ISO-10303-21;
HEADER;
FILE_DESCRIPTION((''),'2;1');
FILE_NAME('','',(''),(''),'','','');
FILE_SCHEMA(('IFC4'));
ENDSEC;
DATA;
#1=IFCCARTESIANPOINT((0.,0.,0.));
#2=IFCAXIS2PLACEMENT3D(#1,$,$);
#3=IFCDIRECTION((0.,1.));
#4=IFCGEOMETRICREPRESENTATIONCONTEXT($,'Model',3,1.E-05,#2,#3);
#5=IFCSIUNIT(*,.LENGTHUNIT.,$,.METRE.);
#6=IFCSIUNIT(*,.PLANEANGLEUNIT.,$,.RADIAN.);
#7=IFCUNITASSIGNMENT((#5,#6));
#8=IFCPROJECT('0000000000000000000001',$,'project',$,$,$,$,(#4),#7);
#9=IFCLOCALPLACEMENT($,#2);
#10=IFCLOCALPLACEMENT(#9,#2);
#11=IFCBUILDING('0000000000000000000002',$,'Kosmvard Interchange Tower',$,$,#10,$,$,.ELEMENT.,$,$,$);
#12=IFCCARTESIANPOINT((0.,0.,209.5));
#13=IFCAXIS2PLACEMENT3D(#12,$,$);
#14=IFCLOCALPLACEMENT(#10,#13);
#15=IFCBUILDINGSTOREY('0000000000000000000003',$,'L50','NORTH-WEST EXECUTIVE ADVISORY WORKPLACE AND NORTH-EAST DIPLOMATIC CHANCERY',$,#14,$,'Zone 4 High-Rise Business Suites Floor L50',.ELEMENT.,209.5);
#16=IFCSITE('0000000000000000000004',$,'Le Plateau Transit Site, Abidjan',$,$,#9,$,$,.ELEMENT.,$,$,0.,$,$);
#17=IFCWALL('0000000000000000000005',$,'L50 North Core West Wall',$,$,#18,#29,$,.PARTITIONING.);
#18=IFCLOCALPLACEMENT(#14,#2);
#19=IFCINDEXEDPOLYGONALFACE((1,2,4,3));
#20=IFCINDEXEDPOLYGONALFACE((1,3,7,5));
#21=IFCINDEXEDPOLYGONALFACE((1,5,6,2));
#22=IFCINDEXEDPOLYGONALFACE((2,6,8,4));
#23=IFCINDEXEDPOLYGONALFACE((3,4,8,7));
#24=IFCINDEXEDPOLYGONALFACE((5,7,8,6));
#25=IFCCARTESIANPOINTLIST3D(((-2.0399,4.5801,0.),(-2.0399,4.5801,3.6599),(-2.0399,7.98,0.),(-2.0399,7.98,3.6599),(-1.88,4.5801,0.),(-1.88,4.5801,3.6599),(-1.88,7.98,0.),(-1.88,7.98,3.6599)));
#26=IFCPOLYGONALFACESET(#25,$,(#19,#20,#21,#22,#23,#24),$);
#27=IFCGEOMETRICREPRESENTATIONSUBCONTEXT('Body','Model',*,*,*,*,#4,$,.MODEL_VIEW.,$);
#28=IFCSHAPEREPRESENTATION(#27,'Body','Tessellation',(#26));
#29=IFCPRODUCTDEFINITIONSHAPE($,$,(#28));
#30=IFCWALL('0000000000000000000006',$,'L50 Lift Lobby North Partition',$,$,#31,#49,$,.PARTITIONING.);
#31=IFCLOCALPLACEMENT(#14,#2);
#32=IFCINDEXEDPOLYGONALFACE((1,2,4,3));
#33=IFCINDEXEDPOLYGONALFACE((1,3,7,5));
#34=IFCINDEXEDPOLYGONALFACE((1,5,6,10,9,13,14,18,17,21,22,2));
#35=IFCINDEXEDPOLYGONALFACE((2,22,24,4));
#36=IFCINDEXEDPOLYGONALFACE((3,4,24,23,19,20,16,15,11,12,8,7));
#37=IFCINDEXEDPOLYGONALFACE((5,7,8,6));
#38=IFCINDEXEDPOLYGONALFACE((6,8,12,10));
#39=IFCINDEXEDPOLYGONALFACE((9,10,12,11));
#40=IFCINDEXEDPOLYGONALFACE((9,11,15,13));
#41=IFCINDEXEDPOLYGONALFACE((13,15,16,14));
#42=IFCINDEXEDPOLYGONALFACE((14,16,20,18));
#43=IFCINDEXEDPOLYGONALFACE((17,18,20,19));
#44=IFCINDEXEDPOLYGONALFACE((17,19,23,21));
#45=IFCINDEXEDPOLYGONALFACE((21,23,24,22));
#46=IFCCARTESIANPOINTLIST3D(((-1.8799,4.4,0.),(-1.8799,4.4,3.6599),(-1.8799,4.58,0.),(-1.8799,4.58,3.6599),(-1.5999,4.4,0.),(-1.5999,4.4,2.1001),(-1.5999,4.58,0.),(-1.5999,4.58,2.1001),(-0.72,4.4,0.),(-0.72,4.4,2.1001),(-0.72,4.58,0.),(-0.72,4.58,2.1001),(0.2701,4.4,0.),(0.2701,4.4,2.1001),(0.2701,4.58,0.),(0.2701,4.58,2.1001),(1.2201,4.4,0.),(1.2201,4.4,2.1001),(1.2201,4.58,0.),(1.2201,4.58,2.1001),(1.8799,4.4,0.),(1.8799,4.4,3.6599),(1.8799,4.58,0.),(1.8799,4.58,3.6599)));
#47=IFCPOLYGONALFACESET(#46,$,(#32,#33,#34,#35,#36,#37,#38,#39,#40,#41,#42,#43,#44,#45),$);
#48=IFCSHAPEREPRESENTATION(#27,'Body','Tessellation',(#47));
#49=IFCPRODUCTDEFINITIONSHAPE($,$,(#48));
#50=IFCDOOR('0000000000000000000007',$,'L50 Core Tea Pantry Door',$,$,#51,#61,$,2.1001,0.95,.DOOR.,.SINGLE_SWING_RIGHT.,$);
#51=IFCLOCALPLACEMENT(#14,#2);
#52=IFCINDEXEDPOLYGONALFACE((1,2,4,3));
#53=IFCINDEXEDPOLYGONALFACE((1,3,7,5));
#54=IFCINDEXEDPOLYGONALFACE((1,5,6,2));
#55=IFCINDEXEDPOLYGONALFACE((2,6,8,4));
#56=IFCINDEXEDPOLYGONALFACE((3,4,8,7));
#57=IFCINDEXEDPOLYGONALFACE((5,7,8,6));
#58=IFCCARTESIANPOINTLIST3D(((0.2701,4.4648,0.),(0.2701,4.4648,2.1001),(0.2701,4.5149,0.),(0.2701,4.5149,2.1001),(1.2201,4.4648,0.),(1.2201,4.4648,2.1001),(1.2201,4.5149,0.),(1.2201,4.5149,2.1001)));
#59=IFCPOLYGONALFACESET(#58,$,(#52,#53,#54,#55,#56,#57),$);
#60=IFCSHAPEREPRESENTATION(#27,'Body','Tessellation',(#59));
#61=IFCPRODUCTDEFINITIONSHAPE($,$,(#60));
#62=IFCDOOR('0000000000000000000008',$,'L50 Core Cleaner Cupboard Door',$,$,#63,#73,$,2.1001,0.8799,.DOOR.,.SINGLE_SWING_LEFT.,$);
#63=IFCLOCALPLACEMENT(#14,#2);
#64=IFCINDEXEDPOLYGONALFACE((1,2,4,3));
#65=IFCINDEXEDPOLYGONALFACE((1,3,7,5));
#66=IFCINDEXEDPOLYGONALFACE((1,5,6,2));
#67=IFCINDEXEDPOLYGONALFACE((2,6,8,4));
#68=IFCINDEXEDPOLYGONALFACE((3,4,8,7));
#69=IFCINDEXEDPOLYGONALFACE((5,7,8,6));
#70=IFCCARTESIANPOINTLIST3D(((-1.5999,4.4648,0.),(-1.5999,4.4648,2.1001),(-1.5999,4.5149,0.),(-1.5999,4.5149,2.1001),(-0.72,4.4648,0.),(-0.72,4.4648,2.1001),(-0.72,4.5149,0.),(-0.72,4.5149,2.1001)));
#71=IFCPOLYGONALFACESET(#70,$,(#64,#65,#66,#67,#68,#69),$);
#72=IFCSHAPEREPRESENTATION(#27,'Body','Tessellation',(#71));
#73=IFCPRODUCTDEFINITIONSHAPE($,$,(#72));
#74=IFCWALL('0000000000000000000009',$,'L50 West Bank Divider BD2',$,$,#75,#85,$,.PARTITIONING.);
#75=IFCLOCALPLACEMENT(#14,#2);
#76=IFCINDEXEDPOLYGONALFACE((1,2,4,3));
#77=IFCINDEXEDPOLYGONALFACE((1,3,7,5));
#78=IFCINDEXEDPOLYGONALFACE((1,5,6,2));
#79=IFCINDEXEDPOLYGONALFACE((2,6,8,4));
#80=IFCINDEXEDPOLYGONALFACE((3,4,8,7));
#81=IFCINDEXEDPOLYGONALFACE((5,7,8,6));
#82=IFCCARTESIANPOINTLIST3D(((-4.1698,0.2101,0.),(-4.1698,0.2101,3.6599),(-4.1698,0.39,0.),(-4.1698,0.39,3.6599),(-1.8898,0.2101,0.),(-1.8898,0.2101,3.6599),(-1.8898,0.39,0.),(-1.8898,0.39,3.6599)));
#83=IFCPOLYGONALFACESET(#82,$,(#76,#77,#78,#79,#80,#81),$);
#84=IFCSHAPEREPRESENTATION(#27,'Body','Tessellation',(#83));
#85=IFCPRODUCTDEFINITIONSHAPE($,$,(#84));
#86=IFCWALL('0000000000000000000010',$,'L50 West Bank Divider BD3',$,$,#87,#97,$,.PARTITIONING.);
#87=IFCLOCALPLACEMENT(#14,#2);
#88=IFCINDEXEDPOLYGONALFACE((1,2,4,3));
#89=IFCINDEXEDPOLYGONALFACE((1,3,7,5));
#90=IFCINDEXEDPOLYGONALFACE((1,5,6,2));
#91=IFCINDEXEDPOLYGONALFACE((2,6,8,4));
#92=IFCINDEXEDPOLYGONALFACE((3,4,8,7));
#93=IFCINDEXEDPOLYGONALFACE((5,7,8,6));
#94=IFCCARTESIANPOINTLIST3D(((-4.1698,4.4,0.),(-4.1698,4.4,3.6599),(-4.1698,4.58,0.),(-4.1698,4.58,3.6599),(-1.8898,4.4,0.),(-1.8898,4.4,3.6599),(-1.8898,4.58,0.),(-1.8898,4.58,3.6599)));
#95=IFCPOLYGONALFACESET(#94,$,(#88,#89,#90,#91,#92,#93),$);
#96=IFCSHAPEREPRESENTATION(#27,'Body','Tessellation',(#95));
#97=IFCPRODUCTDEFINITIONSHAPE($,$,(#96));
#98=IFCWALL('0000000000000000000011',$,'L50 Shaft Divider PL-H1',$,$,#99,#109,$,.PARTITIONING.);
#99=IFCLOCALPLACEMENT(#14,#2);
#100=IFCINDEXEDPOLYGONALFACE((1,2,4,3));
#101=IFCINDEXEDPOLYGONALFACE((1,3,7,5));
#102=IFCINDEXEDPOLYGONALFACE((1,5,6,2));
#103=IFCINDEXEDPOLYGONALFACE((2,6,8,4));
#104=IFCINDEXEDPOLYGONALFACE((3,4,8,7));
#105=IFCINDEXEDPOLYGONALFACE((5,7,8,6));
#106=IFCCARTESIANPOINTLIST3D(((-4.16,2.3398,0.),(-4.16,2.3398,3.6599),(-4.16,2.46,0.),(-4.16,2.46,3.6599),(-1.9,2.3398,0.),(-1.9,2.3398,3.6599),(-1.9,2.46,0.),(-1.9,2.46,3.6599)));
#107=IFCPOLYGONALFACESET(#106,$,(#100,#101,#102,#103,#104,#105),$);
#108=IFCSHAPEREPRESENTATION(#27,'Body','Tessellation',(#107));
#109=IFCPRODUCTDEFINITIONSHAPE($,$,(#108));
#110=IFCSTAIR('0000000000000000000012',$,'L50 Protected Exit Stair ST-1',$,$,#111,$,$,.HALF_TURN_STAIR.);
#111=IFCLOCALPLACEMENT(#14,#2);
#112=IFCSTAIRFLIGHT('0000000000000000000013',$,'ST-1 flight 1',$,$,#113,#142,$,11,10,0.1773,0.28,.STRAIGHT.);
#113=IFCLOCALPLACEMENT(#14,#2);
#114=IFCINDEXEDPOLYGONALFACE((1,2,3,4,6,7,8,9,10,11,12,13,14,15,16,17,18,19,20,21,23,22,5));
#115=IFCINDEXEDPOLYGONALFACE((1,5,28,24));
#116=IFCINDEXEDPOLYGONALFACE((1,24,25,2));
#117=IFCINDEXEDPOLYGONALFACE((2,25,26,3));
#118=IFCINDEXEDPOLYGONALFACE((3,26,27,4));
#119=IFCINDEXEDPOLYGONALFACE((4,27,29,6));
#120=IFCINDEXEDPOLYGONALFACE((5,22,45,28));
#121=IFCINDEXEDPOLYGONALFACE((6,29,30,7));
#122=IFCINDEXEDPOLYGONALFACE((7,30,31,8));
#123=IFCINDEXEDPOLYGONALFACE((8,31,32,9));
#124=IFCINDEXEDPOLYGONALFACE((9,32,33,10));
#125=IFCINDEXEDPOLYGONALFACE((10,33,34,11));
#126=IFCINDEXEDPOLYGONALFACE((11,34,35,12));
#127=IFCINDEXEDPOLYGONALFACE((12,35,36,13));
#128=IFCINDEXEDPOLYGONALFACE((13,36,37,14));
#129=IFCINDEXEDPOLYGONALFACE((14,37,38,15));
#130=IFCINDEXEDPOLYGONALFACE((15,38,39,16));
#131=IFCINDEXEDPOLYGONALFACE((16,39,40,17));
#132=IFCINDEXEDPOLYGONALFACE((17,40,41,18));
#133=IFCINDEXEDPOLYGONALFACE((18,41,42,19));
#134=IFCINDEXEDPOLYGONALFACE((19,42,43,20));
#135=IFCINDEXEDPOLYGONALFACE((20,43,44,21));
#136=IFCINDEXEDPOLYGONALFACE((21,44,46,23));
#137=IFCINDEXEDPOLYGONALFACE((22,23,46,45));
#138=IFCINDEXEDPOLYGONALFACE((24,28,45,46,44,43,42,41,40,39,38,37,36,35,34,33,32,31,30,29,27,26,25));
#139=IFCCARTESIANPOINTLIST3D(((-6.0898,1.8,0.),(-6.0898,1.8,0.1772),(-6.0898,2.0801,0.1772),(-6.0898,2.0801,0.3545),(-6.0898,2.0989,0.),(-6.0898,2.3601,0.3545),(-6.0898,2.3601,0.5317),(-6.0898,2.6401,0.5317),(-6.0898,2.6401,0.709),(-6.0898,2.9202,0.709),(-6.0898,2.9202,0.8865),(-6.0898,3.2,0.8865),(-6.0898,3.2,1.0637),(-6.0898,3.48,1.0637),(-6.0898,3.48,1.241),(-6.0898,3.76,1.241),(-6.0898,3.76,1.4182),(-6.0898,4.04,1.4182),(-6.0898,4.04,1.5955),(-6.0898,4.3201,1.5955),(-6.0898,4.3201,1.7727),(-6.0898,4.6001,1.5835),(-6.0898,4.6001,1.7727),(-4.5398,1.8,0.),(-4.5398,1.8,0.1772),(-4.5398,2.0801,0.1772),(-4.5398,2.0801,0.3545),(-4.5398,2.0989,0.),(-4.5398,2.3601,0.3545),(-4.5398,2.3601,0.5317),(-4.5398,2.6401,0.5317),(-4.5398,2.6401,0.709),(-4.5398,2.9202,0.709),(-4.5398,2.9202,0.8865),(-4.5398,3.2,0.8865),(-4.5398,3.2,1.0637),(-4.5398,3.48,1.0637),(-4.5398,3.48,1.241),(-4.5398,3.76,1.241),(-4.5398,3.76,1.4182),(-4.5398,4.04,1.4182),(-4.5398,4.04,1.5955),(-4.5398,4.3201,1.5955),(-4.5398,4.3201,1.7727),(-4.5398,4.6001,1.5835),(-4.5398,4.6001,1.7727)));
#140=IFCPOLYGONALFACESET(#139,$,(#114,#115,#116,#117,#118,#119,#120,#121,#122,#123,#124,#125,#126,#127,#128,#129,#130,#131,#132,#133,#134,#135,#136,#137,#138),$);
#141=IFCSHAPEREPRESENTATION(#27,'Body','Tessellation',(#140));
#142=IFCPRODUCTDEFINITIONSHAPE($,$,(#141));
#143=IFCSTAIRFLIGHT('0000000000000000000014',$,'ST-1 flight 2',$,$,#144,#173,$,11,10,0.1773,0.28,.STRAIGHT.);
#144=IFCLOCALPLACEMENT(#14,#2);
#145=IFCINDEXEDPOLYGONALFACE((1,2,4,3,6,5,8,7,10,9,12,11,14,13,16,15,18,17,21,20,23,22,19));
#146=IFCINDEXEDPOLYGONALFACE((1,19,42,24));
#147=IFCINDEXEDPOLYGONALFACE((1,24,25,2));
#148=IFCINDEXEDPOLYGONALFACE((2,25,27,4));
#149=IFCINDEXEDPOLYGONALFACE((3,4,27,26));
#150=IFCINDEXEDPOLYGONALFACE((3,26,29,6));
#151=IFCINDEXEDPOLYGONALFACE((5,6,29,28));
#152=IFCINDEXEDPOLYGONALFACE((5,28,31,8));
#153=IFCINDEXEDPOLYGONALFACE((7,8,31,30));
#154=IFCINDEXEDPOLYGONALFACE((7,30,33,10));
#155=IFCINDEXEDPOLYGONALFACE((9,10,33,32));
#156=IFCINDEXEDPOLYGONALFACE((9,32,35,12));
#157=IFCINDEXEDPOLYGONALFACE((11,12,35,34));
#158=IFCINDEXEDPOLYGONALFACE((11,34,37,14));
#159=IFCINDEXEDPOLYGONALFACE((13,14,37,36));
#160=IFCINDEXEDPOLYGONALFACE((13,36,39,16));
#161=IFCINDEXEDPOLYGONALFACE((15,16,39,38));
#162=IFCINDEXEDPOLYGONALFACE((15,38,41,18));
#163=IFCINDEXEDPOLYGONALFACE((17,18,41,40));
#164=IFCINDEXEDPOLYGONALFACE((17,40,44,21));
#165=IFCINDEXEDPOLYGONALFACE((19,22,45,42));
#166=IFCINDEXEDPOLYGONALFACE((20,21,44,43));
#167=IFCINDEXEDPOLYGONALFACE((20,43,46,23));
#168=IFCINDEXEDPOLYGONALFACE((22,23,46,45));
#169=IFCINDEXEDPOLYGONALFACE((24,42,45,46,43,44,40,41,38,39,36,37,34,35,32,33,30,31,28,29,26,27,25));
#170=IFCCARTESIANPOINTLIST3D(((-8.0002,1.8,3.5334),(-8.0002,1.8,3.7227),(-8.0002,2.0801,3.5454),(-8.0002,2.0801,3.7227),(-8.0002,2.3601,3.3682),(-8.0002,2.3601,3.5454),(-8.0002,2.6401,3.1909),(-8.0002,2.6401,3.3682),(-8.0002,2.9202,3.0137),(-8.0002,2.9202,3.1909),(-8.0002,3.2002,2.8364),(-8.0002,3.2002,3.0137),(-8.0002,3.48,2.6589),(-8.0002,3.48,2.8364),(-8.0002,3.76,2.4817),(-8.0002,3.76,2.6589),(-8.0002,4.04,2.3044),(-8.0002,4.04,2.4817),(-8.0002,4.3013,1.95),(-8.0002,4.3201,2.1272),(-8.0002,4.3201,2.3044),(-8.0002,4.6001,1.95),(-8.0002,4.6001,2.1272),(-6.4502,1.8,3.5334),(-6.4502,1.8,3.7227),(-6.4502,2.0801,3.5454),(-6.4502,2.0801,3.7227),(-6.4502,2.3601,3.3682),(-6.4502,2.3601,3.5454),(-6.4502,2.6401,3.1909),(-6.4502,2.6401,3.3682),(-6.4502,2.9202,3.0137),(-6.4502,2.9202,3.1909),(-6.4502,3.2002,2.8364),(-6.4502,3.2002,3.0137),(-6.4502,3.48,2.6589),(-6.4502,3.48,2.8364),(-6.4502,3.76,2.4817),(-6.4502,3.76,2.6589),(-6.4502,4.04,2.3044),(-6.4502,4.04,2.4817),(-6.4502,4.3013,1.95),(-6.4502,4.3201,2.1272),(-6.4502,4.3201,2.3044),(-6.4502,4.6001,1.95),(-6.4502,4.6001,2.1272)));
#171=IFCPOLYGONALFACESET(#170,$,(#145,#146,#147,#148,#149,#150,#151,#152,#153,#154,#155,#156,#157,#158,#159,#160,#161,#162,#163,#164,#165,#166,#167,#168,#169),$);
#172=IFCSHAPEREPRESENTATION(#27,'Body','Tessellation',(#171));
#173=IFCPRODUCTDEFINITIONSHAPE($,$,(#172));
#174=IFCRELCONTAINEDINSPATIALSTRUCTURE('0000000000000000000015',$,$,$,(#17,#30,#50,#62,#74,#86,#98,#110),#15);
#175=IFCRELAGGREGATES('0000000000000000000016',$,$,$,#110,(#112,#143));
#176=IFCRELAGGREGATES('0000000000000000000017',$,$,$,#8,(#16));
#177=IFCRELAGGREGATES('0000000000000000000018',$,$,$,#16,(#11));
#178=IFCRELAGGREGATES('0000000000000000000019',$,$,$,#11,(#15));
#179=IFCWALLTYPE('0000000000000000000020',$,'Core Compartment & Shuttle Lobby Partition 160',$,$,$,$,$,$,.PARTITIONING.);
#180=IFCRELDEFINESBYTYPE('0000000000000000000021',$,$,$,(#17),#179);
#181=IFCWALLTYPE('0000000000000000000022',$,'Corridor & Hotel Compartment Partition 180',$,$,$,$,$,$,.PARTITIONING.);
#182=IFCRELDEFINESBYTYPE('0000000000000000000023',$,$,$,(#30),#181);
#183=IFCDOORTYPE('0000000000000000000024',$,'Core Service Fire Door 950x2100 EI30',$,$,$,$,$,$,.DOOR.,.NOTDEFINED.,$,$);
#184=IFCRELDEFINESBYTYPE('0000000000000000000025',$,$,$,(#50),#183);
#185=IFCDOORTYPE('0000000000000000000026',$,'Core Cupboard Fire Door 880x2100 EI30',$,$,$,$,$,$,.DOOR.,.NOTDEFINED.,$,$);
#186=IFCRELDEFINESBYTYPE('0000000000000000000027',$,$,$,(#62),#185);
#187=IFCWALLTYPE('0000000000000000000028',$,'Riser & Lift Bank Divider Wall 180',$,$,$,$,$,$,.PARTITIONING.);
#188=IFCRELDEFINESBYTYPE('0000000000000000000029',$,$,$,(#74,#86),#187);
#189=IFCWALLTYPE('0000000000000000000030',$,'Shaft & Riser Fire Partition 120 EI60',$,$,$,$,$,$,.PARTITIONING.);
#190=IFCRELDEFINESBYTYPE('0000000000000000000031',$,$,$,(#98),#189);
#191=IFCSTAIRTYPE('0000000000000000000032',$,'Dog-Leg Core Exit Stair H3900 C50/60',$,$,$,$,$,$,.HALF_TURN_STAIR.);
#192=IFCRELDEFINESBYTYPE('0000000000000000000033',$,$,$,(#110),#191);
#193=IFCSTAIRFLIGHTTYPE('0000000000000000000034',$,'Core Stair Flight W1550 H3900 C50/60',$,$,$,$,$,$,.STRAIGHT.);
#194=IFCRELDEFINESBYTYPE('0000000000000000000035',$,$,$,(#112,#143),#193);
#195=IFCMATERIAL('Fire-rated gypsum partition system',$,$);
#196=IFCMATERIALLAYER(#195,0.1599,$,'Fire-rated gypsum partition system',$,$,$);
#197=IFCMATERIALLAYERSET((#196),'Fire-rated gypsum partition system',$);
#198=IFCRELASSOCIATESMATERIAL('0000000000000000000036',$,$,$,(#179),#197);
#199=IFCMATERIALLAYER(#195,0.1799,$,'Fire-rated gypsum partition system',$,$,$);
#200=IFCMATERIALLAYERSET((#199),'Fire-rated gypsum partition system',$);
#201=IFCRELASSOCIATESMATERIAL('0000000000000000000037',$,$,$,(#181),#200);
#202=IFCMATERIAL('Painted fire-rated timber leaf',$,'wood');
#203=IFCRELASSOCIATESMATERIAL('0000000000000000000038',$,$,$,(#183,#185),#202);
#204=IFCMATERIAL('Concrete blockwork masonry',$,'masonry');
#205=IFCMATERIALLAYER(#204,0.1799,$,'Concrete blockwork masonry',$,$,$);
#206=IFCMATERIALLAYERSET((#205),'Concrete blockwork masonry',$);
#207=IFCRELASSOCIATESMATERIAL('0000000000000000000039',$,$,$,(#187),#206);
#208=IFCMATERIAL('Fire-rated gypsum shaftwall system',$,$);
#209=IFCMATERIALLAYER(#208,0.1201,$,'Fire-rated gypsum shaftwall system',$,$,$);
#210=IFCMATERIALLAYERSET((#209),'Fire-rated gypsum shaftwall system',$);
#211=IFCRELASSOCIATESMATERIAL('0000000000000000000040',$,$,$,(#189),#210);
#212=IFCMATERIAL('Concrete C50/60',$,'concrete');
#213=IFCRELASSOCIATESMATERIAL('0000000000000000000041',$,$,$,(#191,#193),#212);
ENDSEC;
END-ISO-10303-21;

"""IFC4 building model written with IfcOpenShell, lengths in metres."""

from ifc_helpers import new_model, si_unit, direction, frame, frame_2d, origin, place, context, subcontext, project, spatial, polyline, rectangle, outline, extrude, source, transform, mapped, material, layer, layer_set, type_object, element, fill, aggregate, save


model = new_model("IFC4")

# Units and contexts
model_context = context("Model", 3, precision=1e-05, world=origin(), true_north=direction((0.0, 1.0)))
body_context = subcontext(model_context, "Body", "Model", "MODEL_VIEW")
ifc_project = project(units=[si_unit("LENGTHUNIT", "METRE"), si_unit("PLANEANGLEUNIT", "RADIAN")], contexts=[model_context])

# Site, building, storey
site_placement = place(None, origin())
site = spatial("IfcSite", under=ifc_project, at=site_placement, Name="Le Plateau Transit Site, Abidjan", CompositionType="ELEMENT", RefElevation=0.0)
building_placement = place(site_placement, origin())
building = spatial("IfcBuilding", under=site, at=building_placement, Name="Kosmvard Interchange Tower", CompositionType="ELEMENT")
storey_placement = place(building_placement, frame((0.0, 0.0, 209.5)))
storey = spatial("IfcBuildingStorey", under=building, at=storey_placement, Name="L50", Description="NORTH-WEST EXECUTIVE ADVISORY WORKPLACE AND NORTH-EAST DIPLOMATIC CHANCERY", LongName="Zone 4 High-Rise Business Suites Floor L50", CompositionType="ELEMENT", Elevation=209.5)

# Wall
ifc_material_1 = material(Name="Fire-rated gypsum partition system")
ifc_layer_1 = layer(ifc_material_1, 0.1599, Name="Fire-rated gypsum partition system")
ifc_layer_set_1 = layer_set([ifc_layer_1], Name="Fire-rated gypsum partition system")
wall_type_1 = type_object("IfcWallType", Name="Core Compartment & Shuttle Lobby Partition 160", PredefinedType="PARTITIONING", material=ifc_layer_set_1)
wall_1_placement = place(storey_placement, frame((-1.96, 4.5801, 0.0), z_axis=(0.0, 0.0, 1.0), x_axis=(0.0, 1.0, 0.0)))
element("IfcWall", 1, at=wall_1_placement, inside=storey, type_object=wall_type_1, Name="L50 North Core West Wall", PredefinedType="PARTITIONING", context=body_context, shape_type="SweptSolid", body=[
    extrude(rectangle(XDim=3.3999, YDim=0.1599, at=frame_2d((1.7, 0.0))), origin(), (0.0, 0.0, 1.0), 3.6599),
])

# Wall, openings, doors
ifc_layer_2 = layer(ifc_material_1, 0.1799, Name="Fire-rated gypsum partition system")
ifc_layer_set_2 = layer_set([ifc_layer_2], Name="Fire-rated gypsum partition system")
wall_type_2 = type_object("IfcWallType", Name="Corridor & Hotel Compartment Partition 180", PredefinedType="PARTITIONING", material=ifc_layer_set_2)
wall_2_placement = place(storey_placement, frame((-1.8799, 4.49, 0.0), z_axis=(0.0, 0.0, 1.0), x_axis=(1.0, 0.0, 0.0)))
wall_2 = element("IfcWall", 2, at=wall_2_placement, inside=storey, type_object=wall_type_2, Name="L50 Lift Lobby North Partition", PredefinedType="PARTITIONING", context=body_context, shape_type="SweptSolid", body=[
    extrude(rectangle(XDim=3.7598, YDim=0.1799, at=frame_2d((1.8799, 0.0))), origin(), (0.0, 0.0, 1.0), 3.6599),
])
opening_1_placement = place(wall_2_placement, frame((0.28, 0.0, 0.0)))
opening_1 = element("IfcOpeningElement", 3, at=opening_1_placement, cuts=wall_2, PredefinedType="OPENING", context=body_context, shape_type="SweptSolid", body=[
    extrude(rectangle(XDim=0.8799, YDim=2.1001, at=frame_2d((0.4399, 1.05))), frame((0.0, 0.1001, 0.0), z_axis=(0.0, -1.0, 0.0), x_axis=(1.0, 0.0, 0.0)), (0.0, 0.0, 1.0), 0.2),
])
opening_2_placement = place(wall_2_placement, frame((2.1499, 0.0, 0.0)))
opening_2 = element("IfcOpeningElement", 4, at=opening_2_placement, cuts=wall_2, PredefinedType="OPENING", context=body_context, shape_type="SweptSolid", body=[
    extrude(rectangle(XDim=0.95, YDim=2.1001, at=frame_2d((0.4751, 1.05))), frame((0.0, 0.1001, 0.0), z_axis=(0.0, -1.0, 0.0), x_axis=(1.0, 0.0, 0.0)), (0.0, 0.0, 1.0), 0.2),
])
ifc_material_2 = material(Name="Painted fire-rated timber leaf", Category="wood")
door_type_1 = type_object("IfcDoorType", Name="Core Service Fire Door 950x2100 EI30", OperationType="NOTDEFINED", PredefinedType="DOOR", material=ifc_material_2)
shared_shape_1 = source(origin(), body_context, "Body", "SweptSolid", [
    extrude(rectangle(XDim=0.95, YDim=2.1001, at=frame_2d((0.4751, 1.05))), frame((0.0, 0.0249, 0.0), z_axis=(0.0, -1.0, 0.0), x_axis=(1.0, 0.0, 0.0)), (0.0, 0.0, 1.0), 0.05),
])
door_1_placement = place(opening_2_placement, origin())
door_1 = element("IfcDoor", 5, at=door_1_placement, inside=storey, type_object=door_type_1, Name="L50 Core Tea Pantry Door", OperationType="SINGLE_SWING_RIGHT", OverallHeight=2.1001, OverallWidth=0.95, PredefinedType="DOOR", context=body_context, shape_type="MappedRepresentation", body=[
    mapped(shared_shape_1, transform((0.0, 0.0, 0.0), scale=1.0)),
])
fill(opening_2, door_1)
door_type_2 = type_object("IfcDoorType", Name="Core Cupboard Fire Door 880x2100 EI30", OperationType="NOTDEFINED", PredefinedType="DOOR", material=ifc_material_2)
shared_shape_2 = source(origin(), body_context, "Body", "SweptSolid", [
    extrude(rectangle(XDim=0.8799, YDim=2.1001, at=frame_2d((0.4399, 1.05))), frame((0.0, 0.0249, 0.0), z_axis=(0.0, -1.0, 0.0), x_axis=(1.0, 0.0, 0.0)), (0.0, 0.0, 1.0), 0.05),
])
door_2_placement = place(opening_1_placement, origin())
door_2 = element("IfcDoor", 6, at=door_2_placement, inside=storey, type_object=door_type_2, Name="L50 Core Cleaner Cupboard Door", OperationType="SINGLE_SWING_LEFT", OverallHeight=2.1001, OverallWidth=0.8799, PredefinedType="DOOR", context=body_context, shape_type="MappedRepresentation", body=[
    mapped(shared_shape_2, transform((0.0, 0.0, 0.0), scale=1.0)),
])
fill(opening_1, door_2)

# Walls
ifc_material_3 = material(Name="Concrete blockwork masonry", Category="masonry")
ifc_layer_3 = layer(ifc_material_3, 0.1799, Name="Concrete blockwork masonry")
ifc_layer_set_3 = layer_set([ifc_layer_3], Name="Concrete blockwork masonry")
wall_type_3 = type_object("IfcWallType", Name="Riser & Lift Bank Divider Wall 180", PredefinedType="PARTITIONING", material=ifc_layer_set_3)
for number, where, z_axis, x_axis, name in (
    (7, (-4.1699, 0.3, 0.0), (0.0, 0.0, 1.0), (1.0, 0.0, 0.0), "L50 West Bank Divider BD2"),
    (8, (-4.1699, 4.49, 0.0), (0.0, 0.0, 1.0), (1.0, 0.0, 0.0), "L50 West Bank Divider BD3"),
):
    element("IfcWall", number, at=place(storey_placement, frame(where, z_axis=z_axis, x_axis=x_axis)), inside=storey, type_object=wall_type_3, Name=name, PredefinedType="PARTITIONING", context=body_context, shape_type="SweptSolid", body=[
        extrude(rectangle(XDim=2.28, YDim=0.1799, at=frame_2d((1.1401, 0.0))), origin(), (0.0, 0.0, 1.0), 3.6599),
    ])
ifc_material_4 = material(Name="Fire-rated gypsum shaftwall system")
ifc_layer_4 = layer(ifc_material_4, 0.1201, Name="Fire-rated gypsum shaftwall system")
ifc_layer_set_4 = layer_set([ifc_layer_4], Name="Fire-rated gypsum shaftwall system")
wall_type_4 = type_object("IfcWallType", Name="Shaft & Riser Fire Partition 120 EI60", PredefinedType="PARTITIONING", material=ifc_layer_set_4)
wall_3_placement = place(storey_placement, frame((-4.1599, 2.3999, 0.0), z_axis=(0.0, 0.0, 1.0), x_axis=(1.0, 0.0, 0.0)))
element("IfcWall", 9, at=wall_3_placement, inside=storey, type_object=wall_type_4, Name="L50 Shaft Divider PL-H1", PredefinedType="PARTITIONING", context=body_context, shape_type="SweptSolid", body=[
    extrude(rectangle(XDim=2.26, YDim=0.1201, at=frame_2d((1.1299, 0.0))), origin(), (0.0, 0.0, 1.0), 3.6599),
])

# Stair, stair flights
ifc_material_5 = material(Name="Concrete C50/60", Category="concrete")
stair_type = type_object("IfcStairType", Name="Dog-Leg Core Exit Stair H3900 C50/60", PredefinedType="HALF_TURN_STAIR", material=ifc_material_5)
stair_placement = place(storey_placement, origin())
stair = element("IfcStair", 10, at=stair_placement, inside=storey, type_object=stair_type, Name="L50 Protected Exit Stair ST-1", PredefinedType="HALF_TURN_STAIR")
stair_flight_type = type_object("IfcStairFlightType", Name="Core Stair Flight W1550 H3900 C50/60", PredefinedType="STRAIGHT", material=ifc_material_5)
shared_shape_3 = source(origin(), body_context, "Body", "SweptSolid", [
    extrude(outline(polyline([(0.0, 0.0), (0.0, 0.1772), (0.28, 0.1772), (0.28, 0.3545), (0.5601, 0.3545), (0.5601, 0.5317), (0.8401, 0.5317), (0.8401, 0.709), (1.1201, 0.709), (1.1201, 0.8865), (1.3999, 0.8865), (1.3999, 1.0637), (1.6799, 1.0637), (1.6799, 1.241), (1.96, 1.241), (1.96, 1.4182), (2.24, 1.4182), (2.24, 1.5955), (2.52, 1.5955), (2.52, 1.7727), (2.8, 1.7727), (2.8, 1.95), (2.8, 1.5835), (0.2988, 0.0), (0.0, 0.0)])), frame((0.0, 0.7749, 0.0), z_axis=(0.0, -1.0, 0.0), x_axis=(1.0, 0.0, 0.0)), (0.0, 0.0, 1.0), 1.55),
])
stair_flight_1_placement = place(storey_placement, frame((-5.3149, 1.8, 0.0), z_axis=(0.0, 0.0, 1.0), x_axis=(0.0, 1.0, 0.0)))
stair_flight_1 = element("IfcStairFlight", 11, at=stair_flight_1_placement, type_object=stair_flight_type, Name="ST-1 flight 1", NumberOfRisers=11, NumberOfTreads=10, PredefinedType="STRAIGHT", RiserHeight=0.1773, TreadLength=0.28, context=body_context, shape_type="MappedRepresentation", body=[
    mapped(shared_shape_3, transform((0.0, 0.0, 0.0), scale=1.0)),
])
stair_flight_2_placement = place(storey_placement, frame((-7.2251, 4.6001, 1.95), z_axis=(0.0, 0.0, 1.0), x_axis=(0.0, -1.0, 0.0)))
stair_flight_2 = element("IfcStairFlight", 12, at=stair_flight_2_placement, type_object=stair_flight_type, Name="ST-1 flight 2", NumberOfRisers=11, NumberOfTreads=10, PredefinedType="STRAIGHT", RiserHeight=0.1773, TreadLength=0.28, context=body_context, shape_type="MappedRepresentation", body=[
    mapped(shared_shape_3, transform((0.0, 0.0, 0.0), scale=1.0)),
])
aggregate(stair, [stair_flight_1, stair_flight_2])

save(model, "model.ifc")
